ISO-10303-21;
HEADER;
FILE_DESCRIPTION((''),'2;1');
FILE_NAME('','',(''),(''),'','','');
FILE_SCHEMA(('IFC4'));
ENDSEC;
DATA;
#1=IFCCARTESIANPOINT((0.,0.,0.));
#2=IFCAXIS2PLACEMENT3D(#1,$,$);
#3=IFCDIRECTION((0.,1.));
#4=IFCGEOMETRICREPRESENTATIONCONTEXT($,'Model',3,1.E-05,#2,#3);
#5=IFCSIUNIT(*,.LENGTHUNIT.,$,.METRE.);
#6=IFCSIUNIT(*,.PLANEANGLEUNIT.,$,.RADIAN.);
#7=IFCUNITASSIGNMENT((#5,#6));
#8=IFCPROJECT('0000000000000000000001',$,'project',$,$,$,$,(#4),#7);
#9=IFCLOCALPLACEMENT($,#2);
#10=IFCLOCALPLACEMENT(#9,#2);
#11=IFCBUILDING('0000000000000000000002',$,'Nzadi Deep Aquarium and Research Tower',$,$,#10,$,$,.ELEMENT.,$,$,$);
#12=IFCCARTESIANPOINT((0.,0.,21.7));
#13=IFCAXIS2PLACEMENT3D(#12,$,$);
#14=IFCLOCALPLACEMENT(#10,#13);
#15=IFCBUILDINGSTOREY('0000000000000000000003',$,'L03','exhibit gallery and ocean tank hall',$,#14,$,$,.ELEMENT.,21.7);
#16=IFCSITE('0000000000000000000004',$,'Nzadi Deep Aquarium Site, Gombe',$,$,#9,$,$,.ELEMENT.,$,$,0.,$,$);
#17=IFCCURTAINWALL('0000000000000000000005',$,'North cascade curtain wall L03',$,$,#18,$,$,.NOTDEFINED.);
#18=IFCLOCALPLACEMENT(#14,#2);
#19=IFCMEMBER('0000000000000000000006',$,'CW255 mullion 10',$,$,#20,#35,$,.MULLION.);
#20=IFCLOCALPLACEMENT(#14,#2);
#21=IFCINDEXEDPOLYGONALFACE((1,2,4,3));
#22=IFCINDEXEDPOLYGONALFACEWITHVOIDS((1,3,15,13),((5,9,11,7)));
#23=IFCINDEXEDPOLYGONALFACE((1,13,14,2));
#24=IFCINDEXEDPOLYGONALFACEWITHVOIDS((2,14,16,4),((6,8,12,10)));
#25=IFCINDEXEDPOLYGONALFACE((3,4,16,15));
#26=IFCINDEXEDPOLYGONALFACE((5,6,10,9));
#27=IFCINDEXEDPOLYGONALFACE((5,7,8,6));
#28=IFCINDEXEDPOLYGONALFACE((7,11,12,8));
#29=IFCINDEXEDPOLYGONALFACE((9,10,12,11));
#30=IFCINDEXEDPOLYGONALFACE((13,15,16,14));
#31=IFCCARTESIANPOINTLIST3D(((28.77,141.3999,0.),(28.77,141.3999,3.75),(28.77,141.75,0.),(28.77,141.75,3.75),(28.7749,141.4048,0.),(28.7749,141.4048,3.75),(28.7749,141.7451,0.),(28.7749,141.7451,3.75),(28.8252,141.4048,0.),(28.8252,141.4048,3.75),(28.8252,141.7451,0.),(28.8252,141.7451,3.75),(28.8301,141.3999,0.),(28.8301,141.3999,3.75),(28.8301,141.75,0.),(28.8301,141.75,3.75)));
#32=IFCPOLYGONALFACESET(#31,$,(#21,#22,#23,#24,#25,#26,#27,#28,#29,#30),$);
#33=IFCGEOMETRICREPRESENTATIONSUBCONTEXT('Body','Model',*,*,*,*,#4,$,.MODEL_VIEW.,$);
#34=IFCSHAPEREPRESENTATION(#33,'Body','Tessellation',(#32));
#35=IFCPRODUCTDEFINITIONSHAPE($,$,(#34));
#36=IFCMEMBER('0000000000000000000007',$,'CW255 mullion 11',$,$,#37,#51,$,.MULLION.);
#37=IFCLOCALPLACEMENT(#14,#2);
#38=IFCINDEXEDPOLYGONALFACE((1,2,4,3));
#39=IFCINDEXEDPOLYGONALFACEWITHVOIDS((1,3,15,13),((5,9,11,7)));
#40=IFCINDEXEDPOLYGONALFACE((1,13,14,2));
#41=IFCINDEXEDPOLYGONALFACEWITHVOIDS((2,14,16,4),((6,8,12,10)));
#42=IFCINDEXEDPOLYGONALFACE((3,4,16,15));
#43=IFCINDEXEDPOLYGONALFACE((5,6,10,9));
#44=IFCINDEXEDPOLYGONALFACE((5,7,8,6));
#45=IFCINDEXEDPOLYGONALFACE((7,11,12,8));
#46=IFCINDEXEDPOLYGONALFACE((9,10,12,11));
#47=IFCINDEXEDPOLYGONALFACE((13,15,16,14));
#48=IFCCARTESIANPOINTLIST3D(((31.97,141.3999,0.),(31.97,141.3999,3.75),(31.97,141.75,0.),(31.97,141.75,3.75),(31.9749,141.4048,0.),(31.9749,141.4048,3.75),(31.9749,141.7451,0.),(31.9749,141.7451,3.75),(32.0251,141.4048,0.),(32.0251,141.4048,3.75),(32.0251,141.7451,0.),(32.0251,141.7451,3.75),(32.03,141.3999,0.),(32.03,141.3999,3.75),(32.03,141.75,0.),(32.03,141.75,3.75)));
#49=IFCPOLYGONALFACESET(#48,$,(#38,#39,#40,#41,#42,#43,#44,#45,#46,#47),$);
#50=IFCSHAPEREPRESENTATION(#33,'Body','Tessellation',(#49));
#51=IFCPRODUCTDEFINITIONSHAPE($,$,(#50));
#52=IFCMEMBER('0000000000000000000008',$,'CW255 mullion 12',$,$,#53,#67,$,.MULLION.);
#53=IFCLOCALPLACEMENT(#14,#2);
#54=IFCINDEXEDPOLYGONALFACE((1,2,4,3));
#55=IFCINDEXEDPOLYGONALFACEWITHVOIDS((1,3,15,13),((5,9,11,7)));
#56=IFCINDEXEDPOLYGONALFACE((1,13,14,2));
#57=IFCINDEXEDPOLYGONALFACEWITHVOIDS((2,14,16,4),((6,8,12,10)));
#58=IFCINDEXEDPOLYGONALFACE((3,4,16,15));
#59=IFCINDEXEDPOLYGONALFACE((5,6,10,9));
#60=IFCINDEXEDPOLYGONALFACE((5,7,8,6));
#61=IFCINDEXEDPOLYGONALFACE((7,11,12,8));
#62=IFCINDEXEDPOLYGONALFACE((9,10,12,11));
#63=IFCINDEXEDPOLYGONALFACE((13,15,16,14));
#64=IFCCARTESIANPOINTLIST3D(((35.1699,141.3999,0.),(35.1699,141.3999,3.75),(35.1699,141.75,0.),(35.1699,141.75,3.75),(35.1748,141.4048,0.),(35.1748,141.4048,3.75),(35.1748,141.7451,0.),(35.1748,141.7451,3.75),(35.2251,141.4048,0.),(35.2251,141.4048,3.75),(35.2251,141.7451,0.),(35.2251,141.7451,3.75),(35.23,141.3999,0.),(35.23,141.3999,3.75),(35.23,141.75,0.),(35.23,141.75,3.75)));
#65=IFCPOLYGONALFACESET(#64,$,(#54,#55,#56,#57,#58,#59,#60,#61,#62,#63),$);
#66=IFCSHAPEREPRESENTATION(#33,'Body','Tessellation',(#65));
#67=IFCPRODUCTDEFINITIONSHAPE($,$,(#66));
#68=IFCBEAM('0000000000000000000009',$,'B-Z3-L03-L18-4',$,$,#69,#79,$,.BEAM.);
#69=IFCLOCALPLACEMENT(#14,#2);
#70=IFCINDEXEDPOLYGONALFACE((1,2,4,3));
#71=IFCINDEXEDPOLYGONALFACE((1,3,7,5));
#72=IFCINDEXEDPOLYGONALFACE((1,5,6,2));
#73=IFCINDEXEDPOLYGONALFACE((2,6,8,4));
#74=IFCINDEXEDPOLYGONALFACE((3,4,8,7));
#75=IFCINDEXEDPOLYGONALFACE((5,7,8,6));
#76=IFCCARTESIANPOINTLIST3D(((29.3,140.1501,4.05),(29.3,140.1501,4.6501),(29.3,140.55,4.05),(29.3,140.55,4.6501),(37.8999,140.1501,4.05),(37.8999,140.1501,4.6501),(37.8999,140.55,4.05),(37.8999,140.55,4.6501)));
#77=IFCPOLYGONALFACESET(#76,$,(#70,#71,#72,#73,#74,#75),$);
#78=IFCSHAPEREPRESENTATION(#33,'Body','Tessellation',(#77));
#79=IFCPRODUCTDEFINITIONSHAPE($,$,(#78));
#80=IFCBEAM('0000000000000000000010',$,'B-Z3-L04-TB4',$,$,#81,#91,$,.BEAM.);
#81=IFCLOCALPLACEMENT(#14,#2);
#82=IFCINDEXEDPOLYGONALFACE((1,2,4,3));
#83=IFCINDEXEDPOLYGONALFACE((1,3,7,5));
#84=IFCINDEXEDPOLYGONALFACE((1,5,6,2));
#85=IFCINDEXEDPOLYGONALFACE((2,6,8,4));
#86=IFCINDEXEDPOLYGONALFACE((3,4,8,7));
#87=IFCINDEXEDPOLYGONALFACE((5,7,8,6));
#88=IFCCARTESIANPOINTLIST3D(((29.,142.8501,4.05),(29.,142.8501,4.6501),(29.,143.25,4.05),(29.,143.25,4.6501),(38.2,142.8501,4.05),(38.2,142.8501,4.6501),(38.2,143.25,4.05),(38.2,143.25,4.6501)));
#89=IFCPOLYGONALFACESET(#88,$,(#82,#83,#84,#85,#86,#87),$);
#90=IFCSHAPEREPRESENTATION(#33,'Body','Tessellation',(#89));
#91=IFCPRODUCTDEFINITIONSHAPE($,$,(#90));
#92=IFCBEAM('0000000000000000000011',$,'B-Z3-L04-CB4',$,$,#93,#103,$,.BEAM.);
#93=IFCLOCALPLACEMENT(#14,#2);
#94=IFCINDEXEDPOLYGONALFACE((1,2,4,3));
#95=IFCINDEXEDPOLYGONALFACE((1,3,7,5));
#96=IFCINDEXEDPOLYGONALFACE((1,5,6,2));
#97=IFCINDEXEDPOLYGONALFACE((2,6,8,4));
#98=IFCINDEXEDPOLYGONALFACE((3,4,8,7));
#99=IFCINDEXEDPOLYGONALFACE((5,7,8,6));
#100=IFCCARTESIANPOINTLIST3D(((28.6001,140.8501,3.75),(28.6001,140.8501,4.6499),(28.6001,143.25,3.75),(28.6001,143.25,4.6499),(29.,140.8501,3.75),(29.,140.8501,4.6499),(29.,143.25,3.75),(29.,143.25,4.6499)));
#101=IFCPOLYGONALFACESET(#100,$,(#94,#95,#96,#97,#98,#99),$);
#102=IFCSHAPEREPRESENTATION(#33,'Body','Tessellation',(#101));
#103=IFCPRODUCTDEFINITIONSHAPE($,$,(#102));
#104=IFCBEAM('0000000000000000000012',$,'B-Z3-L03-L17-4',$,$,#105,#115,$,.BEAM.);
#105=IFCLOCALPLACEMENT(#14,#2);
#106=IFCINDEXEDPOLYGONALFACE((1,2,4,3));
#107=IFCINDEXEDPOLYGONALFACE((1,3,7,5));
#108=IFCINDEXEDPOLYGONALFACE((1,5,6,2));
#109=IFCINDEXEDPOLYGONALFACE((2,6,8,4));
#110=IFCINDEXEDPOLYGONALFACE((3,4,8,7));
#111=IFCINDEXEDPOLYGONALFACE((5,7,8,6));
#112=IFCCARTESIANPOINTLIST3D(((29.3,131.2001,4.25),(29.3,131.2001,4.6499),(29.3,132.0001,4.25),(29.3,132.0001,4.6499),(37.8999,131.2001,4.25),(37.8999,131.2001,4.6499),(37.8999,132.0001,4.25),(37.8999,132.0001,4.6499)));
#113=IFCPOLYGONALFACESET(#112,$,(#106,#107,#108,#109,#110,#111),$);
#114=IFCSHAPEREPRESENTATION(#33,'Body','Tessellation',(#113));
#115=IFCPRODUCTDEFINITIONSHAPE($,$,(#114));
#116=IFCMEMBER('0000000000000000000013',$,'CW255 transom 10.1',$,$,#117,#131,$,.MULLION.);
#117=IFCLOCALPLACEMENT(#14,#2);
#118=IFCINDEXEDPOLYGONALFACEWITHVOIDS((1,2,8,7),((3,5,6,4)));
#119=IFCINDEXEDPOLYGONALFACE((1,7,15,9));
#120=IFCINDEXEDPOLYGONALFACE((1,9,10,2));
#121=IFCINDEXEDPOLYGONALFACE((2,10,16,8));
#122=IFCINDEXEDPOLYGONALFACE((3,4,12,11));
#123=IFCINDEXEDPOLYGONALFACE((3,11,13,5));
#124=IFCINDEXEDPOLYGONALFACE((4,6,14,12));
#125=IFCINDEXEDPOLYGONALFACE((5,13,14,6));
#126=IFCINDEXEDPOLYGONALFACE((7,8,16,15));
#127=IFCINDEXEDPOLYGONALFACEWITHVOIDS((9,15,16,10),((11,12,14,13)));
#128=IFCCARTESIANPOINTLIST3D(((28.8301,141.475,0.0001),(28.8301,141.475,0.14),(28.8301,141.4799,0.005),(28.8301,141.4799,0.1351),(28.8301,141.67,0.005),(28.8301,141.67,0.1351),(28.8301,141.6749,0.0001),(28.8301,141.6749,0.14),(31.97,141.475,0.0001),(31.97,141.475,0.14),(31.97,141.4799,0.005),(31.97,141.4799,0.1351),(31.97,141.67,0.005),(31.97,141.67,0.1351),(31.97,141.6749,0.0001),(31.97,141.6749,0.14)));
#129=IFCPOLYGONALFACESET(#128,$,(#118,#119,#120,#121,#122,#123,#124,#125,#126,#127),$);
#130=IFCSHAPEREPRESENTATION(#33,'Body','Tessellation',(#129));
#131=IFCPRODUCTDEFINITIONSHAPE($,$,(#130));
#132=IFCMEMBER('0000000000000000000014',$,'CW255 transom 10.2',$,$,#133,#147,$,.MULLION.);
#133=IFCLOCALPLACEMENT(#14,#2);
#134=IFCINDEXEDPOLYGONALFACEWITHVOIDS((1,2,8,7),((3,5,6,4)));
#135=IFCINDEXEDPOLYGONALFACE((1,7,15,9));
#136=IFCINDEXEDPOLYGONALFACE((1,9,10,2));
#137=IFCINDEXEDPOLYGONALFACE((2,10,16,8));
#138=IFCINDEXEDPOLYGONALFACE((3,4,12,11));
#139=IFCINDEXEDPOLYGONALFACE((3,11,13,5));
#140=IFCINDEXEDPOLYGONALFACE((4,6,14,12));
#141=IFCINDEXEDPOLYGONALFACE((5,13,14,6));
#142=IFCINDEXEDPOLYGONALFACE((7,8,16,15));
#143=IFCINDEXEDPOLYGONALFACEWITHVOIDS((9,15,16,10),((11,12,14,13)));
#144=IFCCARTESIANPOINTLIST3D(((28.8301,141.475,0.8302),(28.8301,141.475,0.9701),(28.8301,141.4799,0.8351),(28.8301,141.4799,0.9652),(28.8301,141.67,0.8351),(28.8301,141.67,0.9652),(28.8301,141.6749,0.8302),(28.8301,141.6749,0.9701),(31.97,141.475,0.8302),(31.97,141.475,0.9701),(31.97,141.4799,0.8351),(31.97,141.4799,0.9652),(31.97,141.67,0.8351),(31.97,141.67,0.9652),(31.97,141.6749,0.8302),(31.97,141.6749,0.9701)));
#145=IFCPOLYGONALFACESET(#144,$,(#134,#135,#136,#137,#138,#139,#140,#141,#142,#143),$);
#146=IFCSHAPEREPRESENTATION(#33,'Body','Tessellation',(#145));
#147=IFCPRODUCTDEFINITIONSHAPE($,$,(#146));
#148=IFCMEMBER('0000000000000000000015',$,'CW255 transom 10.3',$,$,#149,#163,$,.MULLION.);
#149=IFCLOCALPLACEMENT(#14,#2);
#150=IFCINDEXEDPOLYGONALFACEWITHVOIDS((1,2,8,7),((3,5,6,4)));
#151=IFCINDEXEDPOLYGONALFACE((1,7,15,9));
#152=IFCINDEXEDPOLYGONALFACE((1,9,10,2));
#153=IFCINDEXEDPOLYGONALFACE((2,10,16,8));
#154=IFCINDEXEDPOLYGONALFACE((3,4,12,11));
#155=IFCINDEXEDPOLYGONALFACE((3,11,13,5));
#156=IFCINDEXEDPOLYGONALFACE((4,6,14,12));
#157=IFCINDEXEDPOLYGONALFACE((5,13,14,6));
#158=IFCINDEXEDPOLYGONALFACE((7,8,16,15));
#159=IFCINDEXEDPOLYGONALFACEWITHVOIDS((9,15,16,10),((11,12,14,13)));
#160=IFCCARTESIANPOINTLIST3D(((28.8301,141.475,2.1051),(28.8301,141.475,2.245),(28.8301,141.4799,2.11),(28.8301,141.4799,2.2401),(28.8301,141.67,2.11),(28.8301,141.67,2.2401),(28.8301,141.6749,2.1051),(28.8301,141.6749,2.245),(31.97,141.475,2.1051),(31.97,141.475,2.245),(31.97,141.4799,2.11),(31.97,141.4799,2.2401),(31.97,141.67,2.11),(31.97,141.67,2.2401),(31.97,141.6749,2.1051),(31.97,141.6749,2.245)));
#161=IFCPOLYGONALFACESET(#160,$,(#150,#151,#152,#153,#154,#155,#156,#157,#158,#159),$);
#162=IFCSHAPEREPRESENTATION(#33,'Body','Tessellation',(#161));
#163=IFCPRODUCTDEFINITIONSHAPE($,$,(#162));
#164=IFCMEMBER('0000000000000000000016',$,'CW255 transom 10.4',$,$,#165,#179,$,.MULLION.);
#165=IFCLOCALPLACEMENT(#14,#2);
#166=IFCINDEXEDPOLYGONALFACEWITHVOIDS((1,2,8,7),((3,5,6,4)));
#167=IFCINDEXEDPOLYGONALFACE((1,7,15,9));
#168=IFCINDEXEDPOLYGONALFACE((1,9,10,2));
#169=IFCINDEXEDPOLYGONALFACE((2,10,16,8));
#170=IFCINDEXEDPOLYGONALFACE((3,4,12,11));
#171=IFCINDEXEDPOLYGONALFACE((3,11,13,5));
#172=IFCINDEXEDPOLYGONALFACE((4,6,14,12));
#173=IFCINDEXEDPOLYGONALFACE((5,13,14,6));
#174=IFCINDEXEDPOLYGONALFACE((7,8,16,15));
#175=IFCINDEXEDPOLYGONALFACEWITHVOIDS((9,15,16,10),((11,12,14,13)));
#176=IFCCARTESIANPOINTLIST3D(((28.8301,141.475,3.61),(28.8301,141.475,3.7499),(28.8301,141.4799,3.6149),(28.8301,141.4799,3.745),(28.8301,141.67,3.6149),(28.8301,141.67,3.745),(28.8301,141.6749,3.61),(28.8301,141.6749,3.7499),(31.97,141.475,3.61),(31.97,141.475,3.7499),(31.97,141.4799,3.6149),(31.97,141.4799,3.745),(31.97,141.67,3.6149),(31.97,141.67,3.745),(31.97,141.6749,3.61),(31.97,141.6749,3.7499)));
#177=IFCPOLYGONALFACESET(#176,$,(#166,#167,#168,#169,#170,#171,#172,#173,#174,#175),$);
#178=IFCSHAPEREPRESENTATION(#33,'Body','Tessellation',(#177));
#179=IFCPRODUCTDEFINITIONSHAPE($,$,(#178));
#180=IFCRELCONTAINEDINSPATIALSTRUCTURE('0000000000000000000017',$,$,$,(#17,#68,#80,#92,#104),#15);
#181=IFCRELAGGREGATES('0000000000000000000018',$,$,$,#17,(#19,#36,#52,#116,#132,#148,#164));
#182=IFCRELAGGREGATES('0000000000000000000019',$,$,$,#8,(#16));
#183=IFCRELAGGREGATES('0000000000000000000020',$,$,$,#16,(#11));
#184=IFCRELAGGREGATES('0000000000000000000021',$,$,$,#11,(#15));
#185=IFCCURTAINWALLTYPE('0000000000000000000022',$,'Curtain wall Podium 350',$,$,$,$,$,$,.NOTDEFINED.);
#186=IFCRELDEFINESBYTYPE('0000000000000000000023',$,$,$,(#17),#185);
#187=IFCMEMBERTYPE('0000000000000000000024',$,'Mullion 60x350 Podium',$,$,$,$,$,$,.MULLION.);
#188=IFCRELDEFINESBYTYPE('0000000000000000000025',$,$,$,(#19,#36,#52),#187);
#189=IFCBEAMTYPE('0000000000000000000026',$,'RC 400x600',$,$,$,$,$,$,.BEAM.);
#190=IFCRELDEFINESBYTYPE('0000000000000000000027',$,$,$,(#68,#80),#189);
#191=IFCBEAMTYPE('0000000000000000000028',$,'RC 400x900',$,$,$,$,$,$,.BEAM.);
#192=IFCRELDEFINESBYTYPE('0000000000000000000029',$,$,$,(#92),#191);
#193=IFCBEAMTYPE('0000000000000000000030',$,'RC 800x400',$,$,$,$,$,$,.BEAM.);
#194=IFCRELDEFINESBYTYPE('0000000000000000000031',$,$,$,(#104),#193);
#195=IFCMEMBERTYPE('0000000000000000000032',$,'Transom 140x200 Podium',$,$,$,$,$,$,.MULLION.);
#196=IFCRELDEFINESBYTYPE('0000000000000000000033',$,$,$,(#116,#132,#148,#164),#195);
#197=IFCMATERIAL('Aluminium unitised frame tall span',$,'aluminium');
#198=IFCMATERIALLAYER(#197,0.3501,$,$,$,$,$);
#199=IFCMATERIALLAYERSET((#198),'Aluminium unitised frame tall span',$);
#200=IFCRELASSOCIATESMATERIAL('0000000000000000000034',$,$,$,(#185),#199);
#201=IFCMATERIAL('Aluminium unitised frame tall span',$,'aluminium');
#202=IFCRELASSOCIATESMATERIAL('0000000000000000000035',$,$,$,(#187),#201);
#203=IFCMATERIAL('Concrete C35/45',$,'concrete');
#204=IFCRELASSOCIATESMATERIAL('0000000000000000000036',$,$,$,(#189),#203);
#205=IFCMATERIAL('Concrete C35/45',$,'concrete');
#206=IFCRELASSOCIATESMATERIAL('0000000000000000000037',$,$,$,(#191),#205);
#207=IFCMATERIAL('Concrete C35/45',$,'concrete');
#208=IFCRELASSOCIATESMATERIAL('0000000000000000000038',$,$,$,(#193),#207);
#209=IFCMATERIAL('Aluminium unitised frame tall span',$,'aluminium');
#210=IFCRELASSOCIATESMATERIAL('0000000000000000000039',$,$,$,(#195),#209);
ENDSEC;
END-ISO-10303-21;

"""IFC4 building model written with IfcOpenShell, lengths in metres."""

from ifc_helpers import new_model, si_unit, direction, frame, origin, origin_2d, place, context, subcontext, project, spatial, rectangle, hollow_rectangle, extrude, material, layer, layer_set, material_profile, profile_set, type_object, element, aggregate, save


model = new_model("IFC4")

# Units and contexts
model_context = context("Model", 3, precision=1e-05, world=origin(), true_north=direction((0.0, 1.0)))
body_context = subcontext(model_context, "Body", "Model", "MODEL_VIEW")
ifc_project = project(units=[si_unit("LENGTHUNIT", "METRE"), si_unit("PLANEANGLEUNIT", "RADIAN")], contexts=[model_context])

# Site, building, storey
site_placement = place(None, origin())
site = spatial("IfcSite", under=ifc_project, at=site_placement, Name="Nzadi Deep Aquarium Site, Gombe", CompositionType="ELEMENT", RefElevation=0.0)
building_placement = place(site_placement, origin())
building = spatial("IfcBuilding", under=site, at=building_placement, Name="Nzadi Deep Aquarium and Research Tower", CompositionType="ELEMENT")
storey_placement = place(building_placement, frame((0.0, 0.0, 21.7)))
storey = spatial("IfcBuildingStorey", under=building, at=storey_placement, Name="L03", Description="exhibit gallery and ocean tank hall", CompositionType="ELEMENT", Elevation=21.7)

# Curtain wall, members
ifc_material_1 = material(Name="Aluminium unitised frame tall span", Category="aluminium")
ifc_layer_1 = layer(ifc_material_1, 0.3501)
ifc_layer_set_1 = layer_set([ifc_layer_1], Name="Aluminium unitised frame tall span")
curtain_wall_type = type_object("IfcCurtainWallType", Name="Curtain wall Podium 350", PredefinedType="NOTDEFINED", material=ifc_layer_set_1)
curtain_wall_placement = place(storey_placement, origin())
curtain_wall = element("IfcCurtainWall", 1, at=curtain_wall_placement, inside=storey, type_object=curtain_wall_type, Name="North cascade curtain wall L03", PredefinedType="NOTDEFINED")
ifc_material_2 = material(Name="Aluminium unitised frame tall span", Category="aluminium")
ifc_material_profile_1 = material_profile(ifc_material_2, hollow_rectangle(XDim=0.3501, YDim=0.0601, WallThickness=0.0049, at=origin_2d()))
ifc_profile_set_1 = profile_set([ifc_material_profile_1], Name="Aluminium unitised frame tall span")
member_type_1 = type_object("IfcMemberType", Name="Mullion 60x350 Podium", PredefinedType="MULLION", material=ifc_profile_set_1)
member_1_placement = place(storey_placement, frame((28.8, 141.575, 0.0), z_axis=(0.0, 0.0, 1.0), x_axis=(0.0, 1.0, 0.0)))
member_1 = element("IfcMember", 2, at=member_1_placement, type_object=member_type_1, Name="CW255 mullion 10", PredefinedType="MULLION", context=body_context, shape_type="SweptSolid", body=[
    extrude(hollow_rectangle(XDim=0.3501, YDim=0.0601, WallThickness=0.0049, at=origin_2d()), origin(), (0.0, 0.0, 1.0), 3.75),
])
member_2_placement = place(storey_placement, frame((32.0, 141.575, 0.0), z_axis=(0.0, 0.0, 1.0), x_axis=(0.0, 1.0, 0.0)))
member_2 = element("IfcMember", 3, at=member_2_placement, type_object=member_type_1, Name="CW255 mullion 11", PredefinedType="MULLION", context=body_context, shape_type="SweptSolid", body=[
    extrude(hollow_rectangle(XDim=0.3501, YDim=0.0601, WallThickness=0.0049, at=origin_2d()), origin(), (0.0, 0.0, 1.0), 3.75),
])
member_3_placement = place(storey_placement, frame((35.2, 141.575, 0.0), z_axis=(0.0, 0.0, 1.0), x_axis=(0.0, 1.0, 0.0)))
member_3 = element("IfcMember", 4, at=member_3_placement, type_object=member_type_1, Name="CW255 mullion 12", PredefinedType="MULLION", context=body_context, shape_type="SweptSolid", body=[
    extrude(hollow_rectangle(XDim=0.3501, YDim=0.0601, WallThickness=0.0049, at=origin_2d()), origin(), (0.0, 0.0, 1.0), 3.75),
])

# Beams
ifc_material_3 = material(Name="Concrete C35/45", Category="concrete")
ifc_material_profile_2 = material_profile(ifc_material_3, rectangle(XDim=0.3999, YDim=0.6001, at=origin_2d()))
ifc_profile_set_2 = profile_set([ifc_material_profile_2], Name="Concrete C35/45")
beam_type_1 = type_object("IfcBeamType", Name="RC 400x600", PredefinedType="BEAM", material=ifc_profile_set_2)
beam_1_placement = place(storey_placement, frame((29.3, 140.3501, 4.3501), z_axis=(1.0, 0.0, 0.0), x_axis=(0.0, 1.0, 0.0)))
element("IfcBeam", 5, at=beam_1_placement, inside=storey, type_object=beam_type_1, Name="B-Z3-L03-L18-4", PredefinedType="BEAM", context=body_context, shape_type="SweptSolid", body=[
    extrude(rectangle(XDim=0.3999, YDim=0.6001, at=origin_2d()), origin(), (0.0, 0.0, 1.0), 8.5999),
])
beam_2_placement = place(storey_placement, frame((29.0, 143.05, 4.3501), z_axis=(1.0, 0.0, 0.0), x_axis=(0.0, 1.0, 0.0)))
element("IfcBeam", 6, at=beam_2_placement, inside=storey, type_object=beam_type_1, Name="B-Z3-L04-TB4", PredefinedType="BEAM", context=body_context, shape_type="SweptSolid", body=[
    extrude(rectangle(XDim=0.3999, YDim=0.6001, at=origin_2d()), origin(), (0.0, 0.0, 1.0), 9.2),
])
ifc_material_4 = material(Name="Concrete C35/45", Category="concrete")
ifc_material_profile_3 = material_profile(ifc_material_4, rectangle(XDim=0.3999, YDim=0.8999, at=origin_2d()))
ifc_profile_set_3 = profile_set([ifc_material_profile_3], Name="Concrete C35/45")
beam_type_2 = type_object("IfcBeamType", Name="RC 400x900", PredefinedType="BEAM", material=ifc_profile_set_3)
beam_3_placement = place(storey_placement, frame((28.8, 140.8501, 4.2), z_axis=(0.0, 1.0, 0.0), x_axis=(-1.0, 0.0, 0.0)))
element("IfcBeam", 7, at=beam_3_placement, inside=storey, type_object=beam_type_2, Name="B-Z3-L04-CB4", PredefinedType="BEAM", context=body_context, shape_type="SweptSolid", body=[
    extrude(rectangle(XDim=0.3999, YDim=0.8999, at=origin_2d()), origin(), (0.0, 0.0, 1.0), 2.3999),
])
ifc_material_5 = material(Name="Concrete C35/45", Category="concrete")
ifc_material_profile_4 = material_profile(ifc_material_5, rectangle(XDim=0.8, YDim=0.3999, at=origin_2d()))
ifc_profile_set_4 = profile_set([ifc_material_profile_4], Name="Concrete C35/45")
beam_type_3 = type_object("IfcBeamType", Name="RC 800x400", PredefinedType="BEAM", material=ifc_profile_set_4)
beam_4_placement = place(storey_placement, frame((29.3, 131.6001, 4.45), z_axis=(1.0, 0.0, 0.0), x_axis=(0.0, 1.0, 0.0)))
element("IfcBeam", 8, at=beam_4_placement, inside=storey, type_object=beam_type_3, Name="B-Z3-L03-L17-4", PredefinedType="BEAM", context=body_context, shape_type="SweptSolid", body=[
    extrude(rectangle(XDim=0.8, YDim=0.3999, at=origin_2d()), origin(), (0.0, 0.0, 1.0), 8.5999),
])

# Members
ifc_material_6 = material(Name="Aluminium unitised frame tall span", Category="aluminium")
ifc_material_profile_5 = material_profile(ifc_material_6, hollow_rectangle(XDim=0.2, YDim=0.1399, WallThickness=0.0049, at=origin_2d()))
ifc_profile_set_5 = profile_set([ifc_material_profile_5], Name="Aluminium unitised frame tall span")
member_type_2 = type_object("IfcMemberType", Name="Transom 140x200 Podium", PredefinedType="MULLION", material=ifc_profile_set_5)
member_4_placement = place(storey_placement, frame((28.8301, 141.575, 0.0701), z_axis=(1.0, 0.0, 0.0), x_axis=(0.0, 1.0, 0.0)))
member_4 = element("IfcMember", 9, at=member_4_placement, type_object=member_type_2, Name="CW255 transom 10.1", PredefinedType="MULLION", context=body_context, shape_type="SweptSolid", body=[
    extrude(hollow_rectangle(XDim=0.2, YDim=0.1399, WallThickness=0.0049, at=origin_2d()), origin(), (0.0, 0.0, 1.0), 3.1399),
])
member_5_placement = place(storey_placement, frame((28.8301, 141.575, 0.9001), z_axis=(1.0, 0.0, 0.0), x_axis=(0.0, 1.0, 0.0)))
member_5 = element("IfcMember", 10, at=member_5_placement, type_object=member_type_2, Name="CW255 transom 10.2", PredefinedType="MULLION", context=body_context, shape_type="SweptSolid", body=[
    extrude(hollow_rectangle(XDim=0.2, YDim=0.1399, WallThickness=0.0049, at=origin_2d()), origin(), (0.0, 0.0, 1.0), 3.1399),
])
member_6_placement = place(storey_placement, frame((28.8301, 141.575, 2.175), z_axis=(1.0, 0.0, 0.0), x_axis=(0.0, 1.0, 0.0)))
member_6 = element("IfcMember", 11, at=member_6_placement, type_object=member_type_2, Name="CW255 transom 10.3", PredefinedType="MULLION", context=body_context, shape_type="SweptSolid", body=[
    extrude(hollow_rectangle(XDim=0.2, YDim=0.1399, WallThickness=0.0049, at=origin_2d()), origin(), (0.0, 0.0, 1.0), 3.1399),
])
member_7_placement = place(storey_placement, frame((28.8301, 141.575, 3.6799), z_axis=(1.0, 0.0, 0.0), x_axis=(0.0, 1.0, 0.0)))
member_7 = element("IfcMember", 12, at=member_7_placement, type_object=member_type_2, Name="CW255 transom 10.4", PredefinedType="MULLION", context=body_context, shape_type="SweptSolid", body=[
    extrude(hollow_rectangle(XDim=0.2, YDim=0.1399, WallThickness=0.0049, at=origin_2d()), origin(), (0.0, 0.0, 1.0), 3.1399),
])

aggregate(curtain_wall, [member_1, member_2, member_3, member_4, member_5, member_6, member_7])

save(model, "model.ifc")
